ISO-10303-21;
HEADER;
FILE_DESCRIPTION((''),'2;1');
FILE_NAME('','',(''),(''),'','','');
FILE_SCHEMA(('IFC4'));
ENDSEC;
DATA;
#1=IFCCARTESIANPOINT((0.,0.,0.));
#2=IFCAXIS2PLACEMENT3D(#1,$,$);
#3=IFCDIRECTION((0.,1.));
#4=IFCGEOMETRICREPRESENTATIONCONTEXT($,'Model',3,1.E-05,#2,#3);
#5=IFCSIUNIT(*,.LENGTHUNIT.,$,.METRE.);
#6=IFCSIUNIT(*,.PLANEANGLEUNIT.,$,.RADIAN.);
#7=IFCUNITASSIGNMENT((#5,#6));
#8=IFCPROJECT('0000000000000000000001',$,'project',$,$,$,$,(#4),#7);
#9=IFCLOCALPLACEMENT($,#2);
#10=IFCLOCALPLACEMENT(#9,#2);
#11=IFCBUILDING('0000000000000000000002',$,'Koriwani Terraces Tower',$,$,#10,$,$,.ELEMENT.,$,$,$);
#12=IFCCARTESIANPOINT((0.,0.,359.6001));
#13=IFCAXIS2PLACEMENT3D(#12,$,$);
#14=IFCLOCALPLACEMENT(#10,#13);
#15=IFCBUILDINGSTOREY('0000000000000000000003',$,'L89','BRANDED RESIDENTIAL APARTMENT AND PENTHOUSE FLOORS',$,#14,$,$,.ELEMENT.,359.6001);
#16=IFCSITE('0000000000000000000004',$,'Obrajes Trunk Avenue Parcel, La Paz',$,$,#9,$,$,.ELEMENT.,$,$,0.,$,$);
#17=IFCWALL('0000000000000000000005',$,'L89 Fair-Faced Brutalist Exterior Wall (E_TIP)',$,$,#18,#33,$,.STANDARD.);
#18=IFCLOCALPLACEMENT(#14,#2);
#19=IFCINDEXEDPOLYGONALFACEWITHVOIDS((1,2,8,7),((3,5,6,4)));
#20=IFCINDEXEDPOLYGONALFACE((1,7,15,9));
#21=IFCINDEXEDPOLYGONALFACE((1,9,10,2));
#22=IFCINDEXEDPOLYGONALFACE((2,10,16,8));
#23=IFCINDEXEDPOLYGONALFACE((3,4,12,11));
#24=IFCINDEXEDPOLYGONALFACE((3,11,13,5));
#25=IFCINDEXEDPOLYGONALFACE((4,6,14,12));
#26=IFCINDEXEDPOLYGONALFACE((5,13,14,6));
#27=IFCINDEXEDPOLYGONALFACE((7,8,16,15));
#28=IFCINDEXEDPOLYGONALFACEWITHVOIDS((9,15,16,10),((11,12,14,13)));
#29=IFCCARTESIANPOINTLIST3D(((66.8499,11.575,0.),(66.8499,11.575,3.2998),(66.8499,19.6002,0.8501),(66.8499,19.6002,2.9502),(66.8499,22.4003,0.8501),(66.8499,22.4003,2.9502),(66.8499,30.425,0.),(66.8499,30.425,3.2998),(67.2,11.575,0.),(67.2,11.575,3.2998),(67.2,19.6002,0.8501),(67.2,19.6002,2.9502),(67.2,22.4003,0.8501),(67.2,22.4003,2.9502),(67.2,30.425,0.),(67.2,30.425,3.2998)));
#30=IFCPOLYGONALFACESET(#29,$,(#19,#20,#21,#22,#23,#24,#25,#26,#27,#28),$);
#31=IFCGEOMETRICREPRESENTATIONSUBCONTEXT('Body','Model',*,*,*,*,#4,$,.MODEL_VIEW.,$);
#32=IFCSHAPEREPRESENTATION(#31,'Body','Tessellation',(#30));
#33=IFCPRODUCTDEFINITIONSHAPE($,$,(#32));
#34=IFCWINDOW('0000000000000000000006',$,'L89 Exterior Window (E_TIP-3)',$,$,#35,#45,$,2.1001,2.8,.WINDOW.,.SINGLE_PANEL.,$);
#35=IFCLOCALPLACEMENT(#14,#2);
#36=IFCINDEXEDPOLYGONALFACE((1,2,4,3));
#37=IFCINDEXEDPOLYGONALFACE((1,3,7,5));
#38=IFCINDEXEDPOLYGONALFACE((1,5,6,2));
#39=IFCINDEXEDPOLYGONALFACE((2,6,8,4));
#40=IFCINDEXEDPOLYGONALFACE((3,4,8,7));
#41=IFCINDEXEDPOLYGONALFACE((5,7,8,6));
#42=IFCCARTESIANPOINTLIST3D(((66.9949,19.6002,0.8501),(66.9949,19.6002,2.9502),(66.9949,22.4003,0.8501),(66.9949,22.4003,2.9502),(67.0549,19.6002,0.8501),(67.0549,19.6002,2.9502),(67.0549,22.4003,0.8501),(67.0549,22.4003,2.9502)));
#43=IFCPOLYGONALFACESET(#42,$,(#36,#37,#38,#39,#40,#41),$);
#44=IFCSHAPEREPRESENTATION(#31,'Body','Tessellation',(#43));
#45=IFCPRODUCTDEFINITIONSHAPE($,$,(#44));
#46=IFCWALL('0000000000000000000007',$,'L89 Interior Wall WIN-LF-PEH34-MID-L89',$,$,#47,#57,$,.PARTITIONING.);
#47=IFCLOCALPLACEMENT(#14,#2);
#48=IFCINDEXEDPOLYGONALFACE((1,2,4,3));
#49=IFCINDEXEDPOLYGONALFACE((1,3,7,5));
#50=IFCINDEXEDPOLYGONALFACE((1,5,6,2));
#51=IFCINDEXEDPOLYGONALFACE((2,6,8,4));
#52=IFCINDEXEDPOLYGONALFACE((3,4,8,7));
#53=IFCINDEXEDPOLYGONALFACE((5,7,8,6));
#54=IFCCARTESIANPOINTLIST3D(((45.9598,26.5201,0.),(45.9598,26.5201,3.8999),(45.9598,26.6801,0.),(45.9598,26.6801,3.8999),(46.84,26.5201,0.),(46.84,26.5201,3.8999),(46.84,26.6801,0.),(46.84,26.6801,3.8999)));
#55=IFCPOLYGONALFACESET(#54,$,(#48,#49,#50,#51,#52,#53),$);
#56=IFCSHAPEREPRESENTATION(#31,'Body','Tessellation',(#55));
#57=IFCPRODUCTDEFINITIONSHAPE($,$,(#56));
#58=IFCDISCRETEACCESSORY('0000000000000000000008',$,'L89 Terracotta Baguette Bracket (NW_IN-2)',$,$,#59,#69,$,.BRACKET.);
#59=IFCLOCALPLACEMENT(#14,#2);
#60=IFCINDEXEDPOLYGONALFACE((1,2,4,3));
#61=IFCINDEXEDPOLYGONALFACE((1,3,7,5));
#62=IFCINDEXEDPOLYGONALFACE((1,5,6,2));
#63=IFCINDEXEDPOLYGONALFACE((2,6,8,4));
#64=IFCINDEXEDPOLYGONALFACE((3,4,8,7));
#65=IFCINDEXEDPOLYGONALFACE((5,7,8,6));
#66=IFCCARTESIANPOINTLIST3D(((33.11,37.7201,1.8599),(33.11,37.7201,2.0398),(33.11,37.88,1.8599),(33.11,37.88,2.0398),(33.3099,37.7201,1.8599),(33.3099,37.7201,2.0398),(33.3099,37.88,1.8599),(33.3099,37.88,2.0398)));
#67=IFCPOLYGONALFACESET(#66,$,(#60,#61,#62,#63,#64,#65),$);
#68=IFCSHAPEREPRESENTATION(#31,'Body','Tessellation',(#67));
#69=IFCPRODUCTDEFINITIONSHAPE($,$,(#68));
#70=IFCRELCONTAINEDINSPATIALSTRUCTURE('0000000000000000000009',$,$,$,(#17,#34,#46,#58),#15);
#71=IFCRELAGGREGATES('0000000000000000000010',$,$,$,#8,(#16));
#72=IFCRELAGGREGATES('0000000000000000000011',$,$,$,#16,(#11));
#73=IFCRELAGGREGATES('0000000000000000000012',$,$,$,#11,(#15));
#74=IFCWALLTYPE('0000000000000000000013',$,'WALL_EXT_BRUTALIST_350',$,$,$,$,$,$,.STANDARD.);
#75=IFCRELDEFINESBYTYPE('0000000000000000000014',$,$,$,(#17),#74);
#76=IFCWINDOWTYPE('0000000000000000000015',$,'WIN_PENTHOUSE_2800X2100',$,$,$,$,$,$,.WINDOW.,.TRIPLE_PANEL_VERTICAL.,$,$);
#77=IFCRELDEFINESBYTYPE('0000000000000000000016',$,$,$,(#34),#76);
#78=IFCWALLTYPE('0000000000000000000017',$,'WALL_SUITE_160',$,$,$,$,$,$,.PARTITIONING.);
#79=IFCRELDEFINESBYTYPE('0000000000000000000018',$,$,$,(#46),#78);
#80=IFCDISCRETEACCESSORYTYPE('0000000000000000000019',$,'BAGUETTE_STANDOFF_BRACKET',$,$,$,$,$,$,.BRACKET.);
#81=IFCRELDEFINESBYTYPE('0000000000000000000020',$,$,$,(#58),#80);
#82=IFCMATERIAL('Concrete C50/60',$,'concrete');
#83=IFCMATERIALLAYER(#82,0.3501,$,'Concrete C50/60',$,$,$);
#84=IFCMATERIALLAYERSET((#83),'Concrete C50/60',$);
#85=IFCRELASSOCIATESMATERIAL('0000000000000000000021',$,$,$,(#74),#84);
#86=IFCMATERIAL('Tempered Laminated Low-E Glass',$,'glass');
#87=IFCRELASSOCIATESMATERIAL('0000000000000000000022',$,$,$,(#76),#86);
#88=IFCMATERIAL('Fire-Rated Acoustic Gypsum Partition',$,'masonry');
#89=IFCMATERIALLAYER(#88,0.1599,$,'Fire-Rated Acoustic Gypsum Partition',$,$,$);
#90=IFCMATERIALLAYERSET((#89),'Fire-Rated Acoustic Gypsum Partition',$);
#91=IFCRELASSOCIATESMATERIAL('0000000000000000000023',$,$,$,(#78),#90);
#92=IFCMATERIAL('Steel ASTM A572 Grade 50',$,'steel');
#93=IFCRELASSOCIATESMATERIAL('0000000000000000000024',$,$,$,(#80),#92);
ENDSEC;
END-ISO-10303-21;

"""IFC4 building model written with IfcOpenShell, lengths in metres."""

from ifc_helpers import new_model, si_unit, direction, frame, frame_2d, origin, origin_2d, place, context, subcontext, project, spatial, rectangle, extrude, material, layer, layer_set, type_object, element, fill, save


model = new_model("IFC4")

# Units and contexts
model_context = context("Model", 3, precision=1e-05, world=origin(), true_north=direction((0.0, 1.0)))
body_context = subcontext(model_context, "Body", "Model", "MODEL_VIEW")
ifc_project = project(units=[si_unit("LENGTHUNIT", "METRE"), si_unit("PLANEANGLEUNIT", "RADIAN")], contexts=[model_context])

# Site, building, storey
site_placement = place(None, origin())
site = spatial("IfcSite", under=ifc_project, at=site_placement, Name="Obrajes Trunk Avenue Parcel, La Paz", CompositionType="ELEMENT", RefElevation=0.0)
building_placement = place(site_placement, origin())
building = spatial("IfcBuilding", under=site, at=building_placement, Name="Koriwani Terraces Tower", CompositionType="ELEMENT")
storey_placement = place(building_placement, frame((0.0, 0.0, 359.6001)))
storey = spatial("IfcBuildingStorey", under=building, at=storey_placement, Name="L89", Description="BRANDED RESIDENTIAL APARTMENT AND PENTHOUSE FLOORS", CompositionType="ELEMENT", Elevation=359.6001)

# Shared definitions
ifc_material_1 = material(Name="Concrete C50/60", Category="concrete")

# Shared definitions
ifc_layer_1 = layer(ifc_material_1, 0.3501, Name="Concrete C50/60")
ifc_layer_set_1 = layer_set([ifc_layer_1], Name="Concrete C50/60")
wall_type_1 = type_object("IfcWallType", Name="WALL_EXT_BRUTALIST_350", PredefinedType="STANDARD", material=ifc_layer_set_1)

# Wall, opening, window
wall_1_placement = place(storey_placement, frame((67.0249, 30.425, 0.0), z_axis=(0.0, 0.0, 1.0), x_axis=(0.0, -1.0, 0.0)))
wall_1 = element("IfcWall", 1, at=wall_1_placement, inside=storey, type_object=wall_type_1, Name="L89 Fair-Faced Brutalist Exterior Wall (E_TIP)", PredefinedType="STANDARD", context=body_context, shape_type="SweptSolid", body=[
    extrude(rectangle(XDim=18.8501, YDim=0.3501, at=frame_2d((9.425, 0.0))), origin(), (0.0, 0.0, 1.0), 3.2998),
])
opening_1_placement = place(wall_1_placement, frame((8.0249, 0.0, 0.8501)))
opening_1 = element("IfcOpeningElement", 2, at=opening_1_placement, cuts=wall_1, PredefinedType="OPENING", context=body_context, shape_type="SweptSolid", body=[
    extrude(rectangle(XDim=2.8, YDim=2.1001, at=frame_2d((1.3999, 1.05))), frame((0.0, 0.1851, 0.0), z_axis=(0.0, -1.0, 0.0), x_axis=(1.0, 0.0, 0.0)), (0.0, 0.0, 1.0), 0.3701),
])
ifc_material_2 = material(Name="Tempered Laminated Low-E Glass", Category="glass")
window_type = type_object("IfcWindowType", Name="WIN_PENTHOUSE_2800X2100", PartitioningType="TRIPLE_PANEL_VERTICAL", PredefinedType="WINDOW", material=ifc_material_2)
window_placement = place(opening_1_placement, origin())
window = element("IfcWindow", 3, at=window_placement, inside=storey, type_object=window_type, Name="L89 Exterior Window (E_TIP-3)", OverallHeight=2.1001, OverallWidth=2.8, PartitioningType="SINGLE_PANEL", PredefinedType="WINDOW", context=body_context, shape_type="SweptSolid", body=[
    extrude(rectangle(XDim=2.8, YDim=2.1001, at=frame_2d((1.3999, 1.05))), frame((0.0, 0.03, 0.0), z_axis=(0.0, -1.0, 0.0), x_axis=(1.0, 0.0, 0.0)), (0.0, 0.0, 1.0), 0.0601),
])
fill(opening_1, window)

# Shared definitions
ifc_material_3 = material(Name="Steel ASTM A572 Grade 50", Category="steel")

# Wall
ifc_material_4 = material(Name="Fire-Rated Acoustic Gypsum Partition", Category="masonry")
ifc_layer_2 = layer(ifc_material_4, 0.1599, Name="Fire-Rated Acoustic Gypsum Partition")
ifc_layer_set_2 = layer_set([ifc_layer_2], Name="Fire-Rated Acoustic Gypsum Partition")
wall_type_2 = type_object("IfcWallType", Name="WALL_SUITE_160", PredefinedType="PARTITIONING", material=ifc_layer_set_2)
wall_2_placement = place(storey_placement, frame((45.96, 26.6001, 0.0), z_axis=(0.0, 0.0, 1.0), x_axis=(1.0, 0.0, 0.0)))
element("IfcWall", 4, at=wall_2_placement, inside=storey, type_object=wall_type_2, Name="L89 Interior Wall WIN-LF-PEH34-MID-L89", PredefinedType="PARTITIONING", context=body_context, shape_type="SweptSolid", body=[
    extrude(rectangle(XDim=0.8801, YDim=0.1599, at=frame_2d((0.4399, 0.0))), origin(), (0.0, 0.0, 1.0), 3.8999),
])

# Discrete accessory
discrete_accessory_type = type_object("IfcDiscreteAccessoryType", Name="BAGUETTE_STANDOFF_BRACKET", PredefinedType="BRACKET", material=ifc_material_3)
discrete_accessory_placement = place(storey_placement, frame((33.21, 37.8, 1.8599), z_axis=(0.0, 0.0, 1.0), x_axis=(0.0, -1.0, 0.0)))
element("IfcDiscreteAccessory", 5, at=discrete_accessory_placement, inside=storey, type_object=discrete_accessory_type, Name="L89 Terracotta Baguette Bracket (NW_IN-2)", PredefinedType="BRACKET", context=body_context, shape_type="SweptSolid", body=[
    extrude(rectangle(XDim=0.1599, YDim=0.2, at=origin_2d()), origin(), (0.0, 0.0, 1.0), 0.1799),
])

save(model, "model.ifc")
